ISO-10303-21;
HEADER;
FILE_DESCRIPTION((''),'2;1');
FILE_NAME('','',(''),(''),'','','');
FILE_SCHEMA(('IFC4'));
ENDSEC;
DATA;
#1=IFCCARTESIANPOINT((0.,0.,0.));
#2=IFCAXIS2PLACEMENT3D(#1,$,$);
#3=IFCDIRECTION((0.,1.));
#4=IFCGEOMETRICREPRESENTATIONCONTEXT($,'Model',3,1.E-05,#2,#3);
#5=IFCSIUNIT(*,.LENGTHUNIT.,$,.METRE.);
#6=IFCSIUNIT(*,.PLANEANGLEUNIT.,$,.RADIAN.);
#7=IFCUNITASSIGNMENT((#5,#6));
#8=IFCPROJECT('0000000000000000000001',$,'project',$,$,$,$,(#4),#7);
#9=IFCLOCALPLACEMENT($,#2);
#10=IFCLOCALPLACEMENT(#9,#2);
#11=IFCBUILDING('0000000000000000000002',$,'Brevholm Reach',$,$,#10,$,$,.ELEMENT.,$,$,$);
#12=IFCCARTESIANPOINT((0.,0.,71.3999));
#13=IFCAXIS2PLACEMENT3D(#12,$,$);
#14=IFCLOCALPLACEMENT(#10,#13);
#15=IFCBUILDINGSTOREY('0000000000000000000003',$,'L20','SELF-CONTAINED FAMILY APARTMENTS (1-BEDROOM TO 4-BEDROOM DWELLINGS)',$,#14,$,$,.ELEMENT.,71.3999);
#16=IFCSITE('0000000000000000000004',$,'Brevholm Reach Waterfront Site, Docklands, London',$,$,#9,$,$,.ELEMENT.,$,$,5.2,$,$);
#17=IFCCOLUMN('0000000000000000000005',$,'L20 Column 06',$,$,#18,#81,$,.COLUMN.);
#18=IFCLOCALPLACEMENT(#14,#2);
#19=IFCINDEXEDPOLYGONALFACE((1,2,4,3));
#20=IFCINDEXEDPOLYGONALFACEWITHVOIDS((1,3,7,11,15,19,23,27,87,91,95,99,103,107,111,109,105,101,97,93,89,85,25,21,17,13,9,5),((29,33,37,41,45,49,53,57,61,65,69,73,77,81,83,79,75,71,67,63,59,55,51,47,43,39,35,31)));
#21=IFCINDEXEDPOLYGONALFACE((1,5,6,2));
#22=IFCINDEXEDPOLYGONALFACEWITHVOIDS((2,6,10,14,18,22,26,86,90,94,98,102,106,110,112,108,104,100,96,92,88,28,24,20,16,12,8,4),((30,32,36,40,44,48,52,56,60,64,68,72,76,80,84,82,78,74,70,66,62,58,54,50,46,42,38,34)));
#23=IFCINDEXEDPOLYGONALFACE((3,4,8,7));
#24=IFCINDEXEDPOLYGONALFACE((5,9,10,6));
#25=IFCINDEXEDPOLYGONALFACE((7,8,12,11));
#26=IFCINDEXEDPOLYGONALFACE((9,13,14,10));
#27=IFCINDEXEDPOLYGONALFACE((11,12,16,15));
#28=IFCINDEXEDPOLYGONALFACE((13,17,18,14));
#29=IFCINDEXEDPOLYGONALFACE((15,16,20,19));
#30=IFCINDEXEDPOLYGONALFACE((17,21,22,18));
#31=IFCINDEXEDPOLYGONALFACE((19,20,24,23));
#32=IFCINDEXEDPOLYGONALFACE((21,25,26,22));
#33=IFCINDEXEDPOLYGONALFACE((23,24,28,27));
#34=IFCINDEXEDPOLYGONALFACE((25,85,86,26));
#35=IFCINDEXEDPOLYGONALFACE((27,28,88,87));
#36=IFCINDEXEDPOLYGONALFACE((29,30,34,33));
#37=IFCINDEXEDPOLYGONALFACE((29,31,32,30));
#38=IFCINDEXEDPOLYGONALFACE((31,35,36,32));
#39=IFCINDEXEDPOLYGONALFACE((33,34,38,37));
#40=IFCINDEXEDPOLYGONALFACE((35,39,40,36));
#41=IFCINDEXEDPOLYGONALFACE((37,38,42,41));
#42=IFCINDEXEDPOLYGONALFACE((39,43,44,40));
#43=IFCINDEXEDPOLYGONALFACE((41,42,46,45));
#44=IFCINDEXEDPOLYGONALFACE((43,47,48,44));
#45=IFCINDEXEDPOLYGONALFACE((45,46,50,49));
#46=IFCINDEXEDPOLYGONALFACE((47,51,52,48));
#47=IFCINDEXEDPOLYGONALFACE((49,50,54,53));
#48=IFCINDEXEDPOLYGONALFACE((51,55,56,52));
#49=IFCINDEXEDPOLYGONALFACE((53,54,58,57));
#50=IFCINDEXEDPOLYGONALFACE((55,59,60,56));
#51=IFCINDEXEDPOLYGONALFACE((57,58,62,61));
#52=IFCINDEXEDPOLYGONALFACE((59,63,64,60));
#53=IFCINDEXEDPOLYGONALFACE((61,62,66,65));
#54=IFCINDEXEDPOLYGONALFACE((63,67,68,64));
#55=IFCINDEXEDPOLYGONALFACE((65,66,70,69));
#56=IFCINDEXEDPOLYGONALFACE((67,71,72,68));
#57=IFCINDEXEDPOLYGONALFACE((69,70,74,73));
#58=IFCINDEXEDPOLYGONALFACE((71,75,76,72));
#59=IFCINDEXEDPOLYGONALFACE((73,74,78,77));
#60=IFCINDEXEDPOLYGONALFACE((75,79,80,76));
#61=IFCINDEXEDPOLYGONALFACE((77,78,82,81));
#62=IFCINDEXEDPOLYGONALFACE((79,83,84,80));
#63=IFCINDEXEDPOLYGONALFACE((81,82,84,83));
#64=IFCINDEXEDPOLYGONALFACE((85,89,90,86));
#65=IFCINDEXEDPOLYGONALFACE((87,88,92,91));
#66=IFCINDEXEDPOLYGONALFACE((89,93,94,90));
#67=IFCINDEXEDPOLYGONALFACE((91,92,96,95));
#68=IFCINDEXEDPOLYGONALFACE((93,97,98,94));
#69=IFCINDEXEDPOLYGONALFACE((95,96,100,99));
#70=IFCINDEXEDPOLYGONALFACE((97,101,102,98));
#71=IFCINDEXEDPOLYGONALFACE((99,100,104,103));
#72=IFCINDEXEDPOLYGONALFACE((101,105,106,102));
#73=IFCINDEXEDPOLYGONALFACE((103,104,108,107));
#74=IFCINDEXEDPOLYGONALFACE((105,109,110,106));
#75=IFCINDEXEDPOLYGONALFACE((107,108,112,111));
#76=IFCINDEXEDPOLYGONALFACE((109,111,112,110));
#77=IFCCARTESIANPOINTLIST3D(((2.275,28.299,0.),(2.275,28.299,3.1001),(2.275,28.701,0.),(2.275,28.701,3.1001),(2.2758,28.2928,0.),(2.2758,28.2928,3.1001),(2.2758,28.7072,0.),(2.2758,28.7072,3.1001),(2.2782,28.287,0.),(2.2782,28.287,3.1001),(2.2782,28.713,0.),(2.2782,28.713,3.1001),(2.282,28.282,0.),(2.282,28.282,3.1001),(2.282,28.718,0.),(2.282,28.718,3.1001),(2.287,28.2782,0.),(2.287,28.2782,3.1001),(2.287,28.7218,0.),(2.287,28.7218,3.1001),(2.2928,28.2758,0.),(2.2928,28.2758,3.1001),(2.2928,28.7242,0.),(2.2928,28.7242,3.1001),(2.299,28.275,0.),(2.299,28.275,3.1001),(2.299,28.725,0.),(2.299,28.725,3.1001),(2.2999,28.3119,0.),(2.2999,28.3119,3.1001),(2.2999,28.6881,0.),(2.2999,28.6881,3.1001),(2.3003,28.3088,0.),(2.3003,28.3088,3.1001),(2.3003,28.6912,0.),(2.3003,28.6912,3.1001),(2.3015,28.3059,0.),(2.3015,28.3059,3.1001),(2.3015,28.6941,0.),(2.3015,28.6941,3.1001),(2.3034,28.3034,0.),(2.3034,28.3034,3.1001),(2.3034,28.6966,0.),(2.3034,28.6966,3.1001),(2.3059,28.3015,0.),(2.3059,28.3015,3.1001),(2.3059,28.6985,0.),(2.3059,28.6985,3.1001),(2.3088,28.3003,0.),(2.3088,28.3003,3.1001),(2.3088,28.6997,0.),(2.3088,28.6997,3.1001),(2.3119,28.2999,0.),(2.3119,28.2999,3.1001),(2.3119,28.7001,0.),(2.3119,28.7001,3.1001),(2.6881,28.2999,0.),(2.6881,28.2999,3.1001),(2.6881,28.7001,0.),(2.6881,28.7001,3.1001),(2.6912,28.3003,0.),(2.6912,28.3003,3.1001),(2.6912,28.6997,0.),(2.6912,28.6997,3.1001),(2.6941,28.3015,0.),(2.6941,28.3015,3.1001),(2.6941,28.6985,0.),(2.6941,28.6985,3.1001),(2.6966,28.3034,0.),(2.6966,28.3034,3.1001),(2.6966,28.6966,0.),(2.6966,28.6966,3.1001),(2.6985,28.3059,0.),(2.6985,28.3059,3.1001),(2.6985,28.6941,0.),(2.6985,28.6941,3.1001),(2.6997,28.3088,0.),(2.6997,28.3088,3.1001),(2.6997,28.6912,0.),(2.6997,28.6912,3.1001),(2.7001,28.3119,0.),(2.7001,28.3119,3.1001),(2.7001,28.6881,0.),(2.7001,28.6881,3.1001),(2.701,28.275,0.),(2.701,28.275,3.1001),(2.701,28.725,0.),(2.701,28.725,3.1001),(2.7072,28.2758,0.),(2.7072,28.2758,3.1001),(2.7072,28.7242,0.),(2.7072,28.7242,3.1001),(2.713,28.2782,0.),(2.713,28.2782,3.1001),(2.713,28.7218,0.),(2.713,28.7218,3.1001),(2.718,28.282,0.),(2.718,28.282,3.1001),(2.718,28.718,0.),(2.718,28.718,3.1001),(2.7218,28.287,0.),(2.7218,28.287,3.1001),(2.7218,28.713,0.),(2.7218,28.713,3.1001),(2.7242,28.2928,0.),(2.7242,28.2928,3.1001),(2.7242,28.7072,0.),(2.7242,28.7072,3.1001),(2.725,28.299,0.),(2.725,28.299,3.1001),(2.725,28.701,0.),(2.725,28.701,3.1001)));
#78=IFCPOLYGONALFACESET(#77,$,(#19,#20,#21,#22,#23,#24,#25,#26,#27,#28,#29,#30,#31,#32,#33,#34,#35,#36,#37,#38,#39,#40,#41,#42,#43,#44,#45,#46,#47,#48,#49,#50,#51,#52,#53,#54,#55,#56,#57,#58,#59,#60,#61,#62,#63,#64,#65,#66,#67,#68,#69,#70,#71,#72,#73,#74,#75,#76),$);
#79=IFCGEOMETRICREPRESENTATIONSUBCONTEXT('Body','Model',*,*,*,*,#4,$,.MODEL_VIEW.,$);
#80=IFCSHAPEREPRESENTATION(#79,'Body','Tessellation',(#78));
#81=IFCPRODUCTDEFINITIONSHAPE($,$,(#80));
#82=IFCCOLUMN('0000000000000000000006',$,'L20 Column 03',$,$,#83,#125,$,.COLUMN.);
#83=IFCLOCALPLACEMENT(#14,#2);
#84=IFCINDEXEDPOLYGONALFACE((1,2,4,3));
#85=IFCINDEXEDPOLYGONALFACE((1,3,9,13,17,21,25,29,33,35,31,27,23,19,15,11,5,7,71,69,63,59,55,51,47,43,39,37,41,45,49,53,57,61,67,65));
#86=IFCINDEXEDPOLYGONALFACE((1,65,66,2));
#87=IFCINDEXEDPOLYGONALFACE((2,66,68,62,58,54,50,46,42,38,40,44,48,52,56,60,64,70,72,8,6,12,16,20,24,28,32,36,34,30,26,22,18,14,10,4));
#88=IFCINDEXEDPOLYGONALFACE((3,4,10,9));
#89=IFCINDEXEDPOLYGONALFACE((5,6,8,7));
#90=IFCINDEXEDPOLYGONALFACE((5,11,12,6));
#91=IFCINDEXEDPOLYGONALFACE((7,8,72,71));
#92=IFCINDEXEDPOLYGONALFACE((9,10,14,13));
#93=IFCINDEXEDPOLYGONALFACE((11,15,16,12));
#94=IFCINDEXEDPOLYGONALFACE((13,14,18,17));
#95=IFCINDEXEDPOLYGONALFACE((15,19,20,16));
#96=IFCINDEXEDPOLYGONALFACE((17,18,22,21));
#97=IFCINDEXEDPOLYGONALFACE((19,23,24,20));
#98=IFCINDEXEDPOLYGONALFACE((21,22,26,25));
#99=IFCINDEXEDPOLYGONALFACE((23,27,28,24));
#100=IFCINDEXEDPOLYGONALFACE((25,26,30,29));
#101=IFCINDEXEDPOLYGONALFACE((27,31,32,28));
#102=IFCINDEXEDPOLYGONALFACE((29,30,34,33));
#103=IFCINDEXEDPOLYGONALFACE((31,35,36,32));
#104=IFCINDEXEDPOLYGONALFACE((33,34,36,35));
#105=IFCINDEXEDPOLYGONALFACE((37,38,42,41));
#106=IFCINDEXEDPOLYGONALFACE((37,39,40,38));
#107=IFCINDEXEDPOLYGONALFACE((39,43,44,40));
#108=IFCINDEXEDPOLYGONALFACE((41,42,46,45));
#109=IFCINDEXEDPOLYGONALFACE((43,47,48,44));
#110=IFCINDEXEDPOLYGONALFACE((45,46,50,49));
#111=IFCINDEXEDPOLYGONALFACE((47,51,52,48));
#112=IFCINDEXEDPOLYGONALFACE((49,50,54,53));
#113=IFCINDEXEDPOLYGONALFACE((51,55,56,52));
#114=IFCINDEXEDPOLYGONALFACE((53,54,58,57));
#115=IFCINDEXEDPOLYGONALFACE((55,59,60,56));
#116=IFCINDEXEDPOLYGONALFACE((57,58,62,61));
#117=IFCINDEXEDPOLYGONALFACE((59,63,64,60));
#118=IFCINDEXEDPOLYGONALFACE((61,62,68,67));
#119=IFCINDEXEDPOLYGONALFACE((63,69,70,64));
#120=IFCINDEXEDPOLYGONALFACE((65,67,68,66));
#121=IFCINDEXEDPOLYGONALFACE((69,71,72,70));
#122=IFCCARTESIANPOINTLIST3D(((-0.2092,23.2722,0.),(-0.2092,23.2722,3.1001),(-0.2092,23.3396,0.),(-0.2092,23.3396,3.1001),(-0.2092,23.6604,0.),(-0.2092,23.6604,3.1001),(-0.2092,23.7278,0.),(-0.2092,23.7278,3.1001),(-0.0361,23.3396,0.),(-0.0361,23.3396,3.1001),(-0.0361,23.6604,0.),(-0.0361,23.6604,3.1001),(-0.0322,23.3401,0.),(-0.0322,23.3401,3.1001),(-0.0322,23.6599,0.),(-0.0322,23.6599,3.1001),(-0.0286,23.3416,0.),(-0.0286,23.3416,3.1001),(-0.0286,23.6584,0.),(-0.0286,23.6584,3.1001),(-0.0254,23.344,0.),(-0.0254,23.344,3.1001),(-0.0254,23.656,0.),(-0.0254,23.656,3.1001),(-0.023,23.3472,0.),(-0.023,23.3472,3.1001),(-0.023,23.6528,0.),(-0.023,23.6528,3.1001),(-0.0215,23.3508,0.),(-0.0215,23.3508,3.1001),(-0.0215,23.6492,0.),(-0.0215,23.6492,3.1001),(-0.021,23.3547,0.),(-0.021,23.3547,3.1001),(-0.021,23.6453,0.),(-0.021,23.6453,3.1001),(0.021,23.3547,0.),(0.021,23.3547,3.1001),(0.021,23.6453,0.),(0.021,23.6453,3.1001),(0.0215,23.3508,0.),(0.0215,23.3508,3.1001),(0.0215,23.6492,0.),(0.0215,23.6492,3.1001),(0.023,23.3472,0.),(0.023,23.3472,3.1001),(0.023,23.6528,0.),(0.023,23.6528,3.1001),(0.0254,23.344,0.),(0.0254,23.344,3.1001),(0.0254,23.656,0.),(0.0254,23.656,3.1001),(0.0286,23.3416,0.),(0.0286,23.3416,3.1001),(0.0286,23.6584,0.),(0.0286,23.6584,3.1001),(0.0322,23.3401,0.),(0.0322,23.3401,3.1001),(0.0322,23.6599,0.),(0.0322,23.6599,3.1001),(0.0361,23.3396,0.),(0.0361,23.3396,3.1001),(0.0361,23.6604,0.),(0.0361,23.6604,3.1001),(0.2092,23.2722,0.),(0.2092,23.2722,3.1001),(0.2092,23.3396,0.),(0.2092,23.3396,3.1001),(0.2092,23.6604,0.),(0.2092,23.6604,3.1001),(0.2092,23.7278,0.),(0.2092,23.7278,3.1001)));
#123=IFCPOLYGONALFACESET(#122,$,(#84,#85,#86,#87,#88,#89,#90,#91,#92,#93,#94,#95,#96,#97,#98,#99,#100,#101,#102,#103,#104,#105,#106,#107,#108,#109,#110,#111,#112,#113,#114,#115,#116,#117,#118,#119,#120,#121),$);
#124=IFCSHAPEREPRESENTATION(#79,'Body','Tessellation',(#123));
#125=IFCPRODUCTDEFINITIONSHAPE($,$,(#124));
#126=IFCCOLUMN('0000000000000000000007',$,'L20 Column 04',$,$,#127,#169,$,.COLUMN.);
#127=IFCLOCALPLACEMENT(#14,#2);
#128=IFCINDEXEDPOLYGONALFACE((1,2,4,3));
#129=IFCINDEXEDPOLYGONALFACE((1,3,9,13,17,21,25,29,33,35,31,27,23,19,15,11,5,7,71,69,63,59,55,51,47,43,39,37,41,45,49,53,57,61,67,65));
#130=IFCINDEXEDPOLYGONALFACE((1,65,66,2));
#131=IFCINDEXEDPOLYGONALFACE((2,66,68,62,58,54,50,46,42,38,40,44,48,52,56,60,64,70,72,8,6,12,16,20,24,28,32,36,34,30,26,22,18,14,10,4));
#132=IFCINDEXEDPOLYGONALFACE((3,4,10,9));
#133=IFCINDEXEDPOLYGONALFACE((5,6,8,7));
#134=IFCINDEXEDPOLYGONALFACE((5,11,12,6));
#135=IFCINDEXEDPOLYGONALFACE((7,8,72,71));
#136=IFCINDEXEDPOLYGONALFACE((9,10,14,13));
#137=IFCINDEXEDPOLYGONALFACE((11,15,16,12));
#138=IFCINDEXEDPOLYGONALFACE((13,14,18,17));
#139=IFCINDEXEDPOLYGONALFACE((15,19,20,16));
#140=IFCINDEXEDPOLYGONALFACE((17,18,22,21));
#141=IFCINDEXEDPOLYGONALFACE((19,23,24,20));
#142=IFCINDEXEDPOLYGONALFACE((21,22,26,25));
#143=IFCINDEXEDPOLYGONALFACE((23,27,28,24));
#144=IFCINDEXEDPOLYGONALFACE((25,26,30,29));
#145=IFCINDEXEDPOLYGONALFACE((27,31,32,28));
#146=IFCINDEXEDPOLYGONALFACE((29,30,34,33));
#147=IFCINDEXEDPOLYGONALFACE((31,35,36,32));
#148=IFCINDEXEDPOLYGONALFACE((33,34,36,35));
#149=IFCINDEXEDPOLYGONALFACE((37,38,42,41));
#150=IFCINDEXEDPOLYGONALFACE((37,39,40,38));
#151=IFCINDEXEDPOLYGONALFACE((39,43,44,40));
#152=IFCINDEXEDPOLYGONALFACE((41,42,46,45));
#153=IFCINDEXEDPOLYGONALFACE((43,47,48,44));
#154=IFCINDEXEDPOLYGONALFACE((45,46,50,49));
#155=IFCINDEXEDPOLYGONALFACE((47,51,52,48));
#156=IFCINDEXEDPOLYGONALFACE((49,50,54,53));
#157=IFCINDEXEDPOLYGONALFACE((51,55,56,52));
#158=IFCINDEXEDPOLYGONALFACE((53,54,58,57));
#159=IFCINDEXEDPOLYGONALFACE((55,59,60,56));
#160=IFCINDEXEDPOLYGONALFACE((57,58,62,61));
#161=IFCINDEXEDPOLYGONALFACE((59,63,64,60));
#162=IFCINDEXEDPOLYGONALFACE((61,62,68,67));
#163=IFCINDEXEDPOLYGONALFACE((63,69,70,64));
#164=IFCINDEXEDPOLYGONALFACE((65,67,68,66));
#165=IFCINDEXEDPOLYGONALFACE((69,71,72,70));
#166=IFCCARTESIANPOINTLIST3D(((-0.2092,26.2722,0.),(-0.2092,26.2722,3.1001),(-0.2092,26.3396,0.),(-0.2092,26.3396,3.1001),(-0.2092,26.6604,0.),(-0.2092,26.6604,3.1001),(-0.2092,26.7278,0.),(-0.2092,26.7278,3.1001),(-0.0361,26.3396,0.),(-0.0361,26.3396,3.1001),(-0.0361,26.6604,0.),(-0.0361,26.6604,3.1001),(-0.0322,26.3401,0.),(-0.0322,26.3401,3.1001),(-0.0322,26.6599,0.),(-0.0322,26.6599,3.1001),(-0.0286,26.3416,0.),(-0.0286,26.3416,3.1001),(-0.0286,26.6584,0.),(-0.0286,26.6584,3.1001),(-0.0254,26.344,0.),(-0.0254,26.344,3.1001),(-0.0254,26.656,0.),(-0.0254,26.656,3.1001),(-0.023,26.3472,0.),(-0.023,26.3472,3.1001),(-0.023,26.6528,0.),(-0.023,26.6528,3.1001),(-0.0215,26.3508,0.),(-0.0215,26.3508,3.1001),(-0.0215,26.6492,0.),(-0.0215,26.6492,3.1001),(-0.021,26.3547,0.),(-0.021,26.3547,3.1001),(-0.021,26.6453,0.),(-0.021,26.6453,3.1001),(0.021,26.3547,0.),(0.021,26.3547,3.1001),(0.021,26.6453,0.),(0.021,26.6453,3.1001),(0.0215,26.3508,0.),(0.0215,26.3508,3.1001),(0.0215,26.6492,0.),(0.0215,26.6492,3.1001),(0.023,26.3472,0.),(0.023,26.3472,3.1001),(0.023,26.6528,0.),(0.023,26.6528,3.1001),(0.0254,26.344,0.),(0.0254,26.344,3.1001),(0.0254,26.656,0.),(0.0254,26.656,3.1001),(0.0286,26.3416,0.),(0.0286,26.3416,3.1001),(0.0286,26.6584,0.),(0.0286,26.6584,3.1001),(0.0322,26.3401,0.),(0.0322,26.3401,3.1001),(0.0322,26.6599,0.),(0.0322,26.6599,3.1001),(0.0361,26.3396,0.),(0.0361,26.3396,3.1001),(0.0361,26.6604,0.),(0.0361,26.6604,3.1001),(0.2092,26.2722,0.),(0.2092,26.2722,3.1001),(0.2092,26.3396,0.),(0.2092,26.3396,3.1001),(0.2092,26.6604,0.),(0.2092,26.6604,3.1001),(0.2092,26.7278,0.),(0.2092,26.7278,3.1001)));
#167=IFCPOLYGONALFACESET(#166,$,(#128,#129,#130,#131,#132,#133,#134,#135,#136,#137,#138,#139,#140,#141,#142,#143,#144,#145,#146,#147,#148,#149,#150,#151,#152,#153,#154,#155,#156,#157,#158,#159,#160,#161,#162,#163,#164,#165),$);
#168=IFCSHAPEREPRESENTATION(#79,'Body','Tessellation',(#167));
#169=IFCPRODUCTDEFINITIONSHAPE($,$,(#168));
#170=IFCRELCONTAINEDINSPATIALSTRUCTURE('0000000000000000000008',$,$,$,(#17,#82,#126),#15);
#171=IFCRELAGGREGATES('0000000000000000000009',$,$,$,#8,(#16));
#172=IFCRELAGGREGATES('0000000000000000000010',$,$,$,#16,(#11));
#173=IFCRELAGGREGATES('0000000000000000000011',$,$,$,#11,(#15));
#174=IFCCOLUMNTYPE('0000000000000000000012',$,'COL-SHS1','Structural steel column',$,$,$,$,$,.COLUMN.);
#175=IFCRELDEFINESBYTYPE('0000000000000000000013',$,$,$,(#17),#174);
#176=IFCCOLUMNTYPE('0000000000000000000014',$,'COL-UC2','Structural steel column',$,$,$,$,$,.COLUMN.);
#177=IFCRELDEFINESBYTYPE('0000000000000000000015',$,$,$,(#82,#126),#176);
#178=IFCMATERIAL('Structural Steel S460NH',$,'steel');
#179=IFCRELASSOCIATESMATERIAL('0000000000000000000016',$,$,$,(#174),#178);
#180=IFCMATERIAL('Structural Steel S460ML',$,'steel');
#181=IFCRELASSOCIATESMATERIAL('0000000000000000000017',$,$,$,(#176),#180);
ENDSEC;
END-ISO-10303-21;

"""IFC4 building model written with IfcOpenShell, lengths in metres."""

from ifc_helpers import new_model, si_unit, direction, frame, origin, origin_2d, place, context, subcontext, project, spatial, hollow_rectangle, i_section, extrude, material, material_profile, profile_set, type_object, element, save


model = new_model("IFC4")

# Units and contexts
model_context = context("Model", 3, precision=1e-05, world=origin(), true_north=direction((0.0, 1.0)))
body_context = subcontext(model_context, "Body", "Model", "MODEL_VIEW")
ifc_project = project(units=[si_unit("LENGTHUNIT", "METRE"), si_unit("PLANEANGLEUNIT", "RADIAN")], contexts=[model_context])

# Site, building, storey
site_placement = place(None, origin())
site = spatial("IfcSite", under=ifc_project, at=site_placement, Name="Brevholm Reach Waterfront Site, Docklands, London", CompositionType="ELEMENT", RefElevation=5.2)
building_placement = place(site_placement, origin())
building = spatial("IfcBuilding", under=site, at=building_placement, Name="Brevholm Reach", CompositionType="ELEMENT")
storey_placement = place(building_placement, frame((0.0, 0.0, 71.3999)))
storey = spatial("IfcBuildingStorey", under=building, at=storey_placement, Name="L20", Description="SELF-CONTAINED FAMILY APARTMENTS (1-BEDROOM TO 4-BEDROOM DWELLINGS)", CompositionType="ELEMENT", Elevation=71.3999)

# Columns
ifc_material_1 = material(Name="Structural Steel S460NH", Category="steel")
ifc_material_profile_1 = material_profile(ifc_material_1, hollow_rectangle(XDim=0.45, YDim=0.45, WallThickness=0.0249, InnerFilletRadius=0.012, OuterFilletRadius=0.0239, at=origin_2d()), Name="SHS 450x450x25")
ifc_profile_set_1 = profile_set([ifc_material_profile_1], Name="Structural Steel S460NH")
column_type_1 = type_object("IfcColumnType", Name="COL-SHS1", Description="Structural steel column", PredefinedType="COLUMN", material=ifc_profile_set_1)
column_1_placement = place(storey_placement, frame((2.5, 28.5, 0.0), z_axis=(0.0, 0.0, 1.0), x_axis=(1.0, 0.0, 0.0)))
element("IfcColumn", 1, at=column_1_placement, inside=storey, type_object=column_type_1, Name="L20 Column 06", PredefinedType="COLUMN", context=body_context, shape_type="SweptSolid", body=[
    extrude(hollow_rectangle(XDim=0.45, YDim=0.45, WallThickness=0.0249, InnerFilletRadius=0.012, OuterFilletRadius=0.0239, at=origin_2d()), origin(), (0.0, 0.0, 1.0), 3.1001),
])
ifc_material_2 = material(Name="Structural Steel S460ML", Category="steel")
ifc_material_profile_2 = material_profile(ifc_material_2, i_section(OverallWidth=0.4185, OverallDepth=0.4556, WebThickness=0.042, FlangeThickness=0.0674, FilletRadius=0.0151, at=origin_2d()), Name="UKC 356x406x551")
ifc_profile_set_2 = profile_set([ifc_material_profile_2], Name="Structural Steel S460ML")
column_type_2 = type_object("IfcColumnType", Name="COL-UC2", Description="Structural steel column", PredefinedType="COLUMN", material=ifc_profile_set_2)
for number, where, z_axis, x_axis, name in (
    (2, (0.0, 23.5, 0.0), (0.0, 0.0, 1.0), (1.0, 0.0, 0.0), "L20 Column 03"),
    (3, (0.0, 26.5, 0.0), (0.0, 0.0, 1.0), (1.0, 0.0, 0.0), "L20 Column 04"),
):
    element("IfcColumn", number, at=place(storey_placement, frame(where, z_axis=z_axis, x_axis=x_axis)), inside=storey, type_object=column_type_2, Name=name, PredefinedType="COLUMN", context=body_context, shape_type="SweptSolid", body=[
        extrude(i_section(OverallWidth=0.4185, OverallDepth=0.4556, WebThickness=0.042, FlangeThickness=0.0674, FilletRadius=0.0151, at=origin_2d()), origin(), (0.0, 0.0, 1.0), 3.1001),
    ])

save(model, "model.ifc")
